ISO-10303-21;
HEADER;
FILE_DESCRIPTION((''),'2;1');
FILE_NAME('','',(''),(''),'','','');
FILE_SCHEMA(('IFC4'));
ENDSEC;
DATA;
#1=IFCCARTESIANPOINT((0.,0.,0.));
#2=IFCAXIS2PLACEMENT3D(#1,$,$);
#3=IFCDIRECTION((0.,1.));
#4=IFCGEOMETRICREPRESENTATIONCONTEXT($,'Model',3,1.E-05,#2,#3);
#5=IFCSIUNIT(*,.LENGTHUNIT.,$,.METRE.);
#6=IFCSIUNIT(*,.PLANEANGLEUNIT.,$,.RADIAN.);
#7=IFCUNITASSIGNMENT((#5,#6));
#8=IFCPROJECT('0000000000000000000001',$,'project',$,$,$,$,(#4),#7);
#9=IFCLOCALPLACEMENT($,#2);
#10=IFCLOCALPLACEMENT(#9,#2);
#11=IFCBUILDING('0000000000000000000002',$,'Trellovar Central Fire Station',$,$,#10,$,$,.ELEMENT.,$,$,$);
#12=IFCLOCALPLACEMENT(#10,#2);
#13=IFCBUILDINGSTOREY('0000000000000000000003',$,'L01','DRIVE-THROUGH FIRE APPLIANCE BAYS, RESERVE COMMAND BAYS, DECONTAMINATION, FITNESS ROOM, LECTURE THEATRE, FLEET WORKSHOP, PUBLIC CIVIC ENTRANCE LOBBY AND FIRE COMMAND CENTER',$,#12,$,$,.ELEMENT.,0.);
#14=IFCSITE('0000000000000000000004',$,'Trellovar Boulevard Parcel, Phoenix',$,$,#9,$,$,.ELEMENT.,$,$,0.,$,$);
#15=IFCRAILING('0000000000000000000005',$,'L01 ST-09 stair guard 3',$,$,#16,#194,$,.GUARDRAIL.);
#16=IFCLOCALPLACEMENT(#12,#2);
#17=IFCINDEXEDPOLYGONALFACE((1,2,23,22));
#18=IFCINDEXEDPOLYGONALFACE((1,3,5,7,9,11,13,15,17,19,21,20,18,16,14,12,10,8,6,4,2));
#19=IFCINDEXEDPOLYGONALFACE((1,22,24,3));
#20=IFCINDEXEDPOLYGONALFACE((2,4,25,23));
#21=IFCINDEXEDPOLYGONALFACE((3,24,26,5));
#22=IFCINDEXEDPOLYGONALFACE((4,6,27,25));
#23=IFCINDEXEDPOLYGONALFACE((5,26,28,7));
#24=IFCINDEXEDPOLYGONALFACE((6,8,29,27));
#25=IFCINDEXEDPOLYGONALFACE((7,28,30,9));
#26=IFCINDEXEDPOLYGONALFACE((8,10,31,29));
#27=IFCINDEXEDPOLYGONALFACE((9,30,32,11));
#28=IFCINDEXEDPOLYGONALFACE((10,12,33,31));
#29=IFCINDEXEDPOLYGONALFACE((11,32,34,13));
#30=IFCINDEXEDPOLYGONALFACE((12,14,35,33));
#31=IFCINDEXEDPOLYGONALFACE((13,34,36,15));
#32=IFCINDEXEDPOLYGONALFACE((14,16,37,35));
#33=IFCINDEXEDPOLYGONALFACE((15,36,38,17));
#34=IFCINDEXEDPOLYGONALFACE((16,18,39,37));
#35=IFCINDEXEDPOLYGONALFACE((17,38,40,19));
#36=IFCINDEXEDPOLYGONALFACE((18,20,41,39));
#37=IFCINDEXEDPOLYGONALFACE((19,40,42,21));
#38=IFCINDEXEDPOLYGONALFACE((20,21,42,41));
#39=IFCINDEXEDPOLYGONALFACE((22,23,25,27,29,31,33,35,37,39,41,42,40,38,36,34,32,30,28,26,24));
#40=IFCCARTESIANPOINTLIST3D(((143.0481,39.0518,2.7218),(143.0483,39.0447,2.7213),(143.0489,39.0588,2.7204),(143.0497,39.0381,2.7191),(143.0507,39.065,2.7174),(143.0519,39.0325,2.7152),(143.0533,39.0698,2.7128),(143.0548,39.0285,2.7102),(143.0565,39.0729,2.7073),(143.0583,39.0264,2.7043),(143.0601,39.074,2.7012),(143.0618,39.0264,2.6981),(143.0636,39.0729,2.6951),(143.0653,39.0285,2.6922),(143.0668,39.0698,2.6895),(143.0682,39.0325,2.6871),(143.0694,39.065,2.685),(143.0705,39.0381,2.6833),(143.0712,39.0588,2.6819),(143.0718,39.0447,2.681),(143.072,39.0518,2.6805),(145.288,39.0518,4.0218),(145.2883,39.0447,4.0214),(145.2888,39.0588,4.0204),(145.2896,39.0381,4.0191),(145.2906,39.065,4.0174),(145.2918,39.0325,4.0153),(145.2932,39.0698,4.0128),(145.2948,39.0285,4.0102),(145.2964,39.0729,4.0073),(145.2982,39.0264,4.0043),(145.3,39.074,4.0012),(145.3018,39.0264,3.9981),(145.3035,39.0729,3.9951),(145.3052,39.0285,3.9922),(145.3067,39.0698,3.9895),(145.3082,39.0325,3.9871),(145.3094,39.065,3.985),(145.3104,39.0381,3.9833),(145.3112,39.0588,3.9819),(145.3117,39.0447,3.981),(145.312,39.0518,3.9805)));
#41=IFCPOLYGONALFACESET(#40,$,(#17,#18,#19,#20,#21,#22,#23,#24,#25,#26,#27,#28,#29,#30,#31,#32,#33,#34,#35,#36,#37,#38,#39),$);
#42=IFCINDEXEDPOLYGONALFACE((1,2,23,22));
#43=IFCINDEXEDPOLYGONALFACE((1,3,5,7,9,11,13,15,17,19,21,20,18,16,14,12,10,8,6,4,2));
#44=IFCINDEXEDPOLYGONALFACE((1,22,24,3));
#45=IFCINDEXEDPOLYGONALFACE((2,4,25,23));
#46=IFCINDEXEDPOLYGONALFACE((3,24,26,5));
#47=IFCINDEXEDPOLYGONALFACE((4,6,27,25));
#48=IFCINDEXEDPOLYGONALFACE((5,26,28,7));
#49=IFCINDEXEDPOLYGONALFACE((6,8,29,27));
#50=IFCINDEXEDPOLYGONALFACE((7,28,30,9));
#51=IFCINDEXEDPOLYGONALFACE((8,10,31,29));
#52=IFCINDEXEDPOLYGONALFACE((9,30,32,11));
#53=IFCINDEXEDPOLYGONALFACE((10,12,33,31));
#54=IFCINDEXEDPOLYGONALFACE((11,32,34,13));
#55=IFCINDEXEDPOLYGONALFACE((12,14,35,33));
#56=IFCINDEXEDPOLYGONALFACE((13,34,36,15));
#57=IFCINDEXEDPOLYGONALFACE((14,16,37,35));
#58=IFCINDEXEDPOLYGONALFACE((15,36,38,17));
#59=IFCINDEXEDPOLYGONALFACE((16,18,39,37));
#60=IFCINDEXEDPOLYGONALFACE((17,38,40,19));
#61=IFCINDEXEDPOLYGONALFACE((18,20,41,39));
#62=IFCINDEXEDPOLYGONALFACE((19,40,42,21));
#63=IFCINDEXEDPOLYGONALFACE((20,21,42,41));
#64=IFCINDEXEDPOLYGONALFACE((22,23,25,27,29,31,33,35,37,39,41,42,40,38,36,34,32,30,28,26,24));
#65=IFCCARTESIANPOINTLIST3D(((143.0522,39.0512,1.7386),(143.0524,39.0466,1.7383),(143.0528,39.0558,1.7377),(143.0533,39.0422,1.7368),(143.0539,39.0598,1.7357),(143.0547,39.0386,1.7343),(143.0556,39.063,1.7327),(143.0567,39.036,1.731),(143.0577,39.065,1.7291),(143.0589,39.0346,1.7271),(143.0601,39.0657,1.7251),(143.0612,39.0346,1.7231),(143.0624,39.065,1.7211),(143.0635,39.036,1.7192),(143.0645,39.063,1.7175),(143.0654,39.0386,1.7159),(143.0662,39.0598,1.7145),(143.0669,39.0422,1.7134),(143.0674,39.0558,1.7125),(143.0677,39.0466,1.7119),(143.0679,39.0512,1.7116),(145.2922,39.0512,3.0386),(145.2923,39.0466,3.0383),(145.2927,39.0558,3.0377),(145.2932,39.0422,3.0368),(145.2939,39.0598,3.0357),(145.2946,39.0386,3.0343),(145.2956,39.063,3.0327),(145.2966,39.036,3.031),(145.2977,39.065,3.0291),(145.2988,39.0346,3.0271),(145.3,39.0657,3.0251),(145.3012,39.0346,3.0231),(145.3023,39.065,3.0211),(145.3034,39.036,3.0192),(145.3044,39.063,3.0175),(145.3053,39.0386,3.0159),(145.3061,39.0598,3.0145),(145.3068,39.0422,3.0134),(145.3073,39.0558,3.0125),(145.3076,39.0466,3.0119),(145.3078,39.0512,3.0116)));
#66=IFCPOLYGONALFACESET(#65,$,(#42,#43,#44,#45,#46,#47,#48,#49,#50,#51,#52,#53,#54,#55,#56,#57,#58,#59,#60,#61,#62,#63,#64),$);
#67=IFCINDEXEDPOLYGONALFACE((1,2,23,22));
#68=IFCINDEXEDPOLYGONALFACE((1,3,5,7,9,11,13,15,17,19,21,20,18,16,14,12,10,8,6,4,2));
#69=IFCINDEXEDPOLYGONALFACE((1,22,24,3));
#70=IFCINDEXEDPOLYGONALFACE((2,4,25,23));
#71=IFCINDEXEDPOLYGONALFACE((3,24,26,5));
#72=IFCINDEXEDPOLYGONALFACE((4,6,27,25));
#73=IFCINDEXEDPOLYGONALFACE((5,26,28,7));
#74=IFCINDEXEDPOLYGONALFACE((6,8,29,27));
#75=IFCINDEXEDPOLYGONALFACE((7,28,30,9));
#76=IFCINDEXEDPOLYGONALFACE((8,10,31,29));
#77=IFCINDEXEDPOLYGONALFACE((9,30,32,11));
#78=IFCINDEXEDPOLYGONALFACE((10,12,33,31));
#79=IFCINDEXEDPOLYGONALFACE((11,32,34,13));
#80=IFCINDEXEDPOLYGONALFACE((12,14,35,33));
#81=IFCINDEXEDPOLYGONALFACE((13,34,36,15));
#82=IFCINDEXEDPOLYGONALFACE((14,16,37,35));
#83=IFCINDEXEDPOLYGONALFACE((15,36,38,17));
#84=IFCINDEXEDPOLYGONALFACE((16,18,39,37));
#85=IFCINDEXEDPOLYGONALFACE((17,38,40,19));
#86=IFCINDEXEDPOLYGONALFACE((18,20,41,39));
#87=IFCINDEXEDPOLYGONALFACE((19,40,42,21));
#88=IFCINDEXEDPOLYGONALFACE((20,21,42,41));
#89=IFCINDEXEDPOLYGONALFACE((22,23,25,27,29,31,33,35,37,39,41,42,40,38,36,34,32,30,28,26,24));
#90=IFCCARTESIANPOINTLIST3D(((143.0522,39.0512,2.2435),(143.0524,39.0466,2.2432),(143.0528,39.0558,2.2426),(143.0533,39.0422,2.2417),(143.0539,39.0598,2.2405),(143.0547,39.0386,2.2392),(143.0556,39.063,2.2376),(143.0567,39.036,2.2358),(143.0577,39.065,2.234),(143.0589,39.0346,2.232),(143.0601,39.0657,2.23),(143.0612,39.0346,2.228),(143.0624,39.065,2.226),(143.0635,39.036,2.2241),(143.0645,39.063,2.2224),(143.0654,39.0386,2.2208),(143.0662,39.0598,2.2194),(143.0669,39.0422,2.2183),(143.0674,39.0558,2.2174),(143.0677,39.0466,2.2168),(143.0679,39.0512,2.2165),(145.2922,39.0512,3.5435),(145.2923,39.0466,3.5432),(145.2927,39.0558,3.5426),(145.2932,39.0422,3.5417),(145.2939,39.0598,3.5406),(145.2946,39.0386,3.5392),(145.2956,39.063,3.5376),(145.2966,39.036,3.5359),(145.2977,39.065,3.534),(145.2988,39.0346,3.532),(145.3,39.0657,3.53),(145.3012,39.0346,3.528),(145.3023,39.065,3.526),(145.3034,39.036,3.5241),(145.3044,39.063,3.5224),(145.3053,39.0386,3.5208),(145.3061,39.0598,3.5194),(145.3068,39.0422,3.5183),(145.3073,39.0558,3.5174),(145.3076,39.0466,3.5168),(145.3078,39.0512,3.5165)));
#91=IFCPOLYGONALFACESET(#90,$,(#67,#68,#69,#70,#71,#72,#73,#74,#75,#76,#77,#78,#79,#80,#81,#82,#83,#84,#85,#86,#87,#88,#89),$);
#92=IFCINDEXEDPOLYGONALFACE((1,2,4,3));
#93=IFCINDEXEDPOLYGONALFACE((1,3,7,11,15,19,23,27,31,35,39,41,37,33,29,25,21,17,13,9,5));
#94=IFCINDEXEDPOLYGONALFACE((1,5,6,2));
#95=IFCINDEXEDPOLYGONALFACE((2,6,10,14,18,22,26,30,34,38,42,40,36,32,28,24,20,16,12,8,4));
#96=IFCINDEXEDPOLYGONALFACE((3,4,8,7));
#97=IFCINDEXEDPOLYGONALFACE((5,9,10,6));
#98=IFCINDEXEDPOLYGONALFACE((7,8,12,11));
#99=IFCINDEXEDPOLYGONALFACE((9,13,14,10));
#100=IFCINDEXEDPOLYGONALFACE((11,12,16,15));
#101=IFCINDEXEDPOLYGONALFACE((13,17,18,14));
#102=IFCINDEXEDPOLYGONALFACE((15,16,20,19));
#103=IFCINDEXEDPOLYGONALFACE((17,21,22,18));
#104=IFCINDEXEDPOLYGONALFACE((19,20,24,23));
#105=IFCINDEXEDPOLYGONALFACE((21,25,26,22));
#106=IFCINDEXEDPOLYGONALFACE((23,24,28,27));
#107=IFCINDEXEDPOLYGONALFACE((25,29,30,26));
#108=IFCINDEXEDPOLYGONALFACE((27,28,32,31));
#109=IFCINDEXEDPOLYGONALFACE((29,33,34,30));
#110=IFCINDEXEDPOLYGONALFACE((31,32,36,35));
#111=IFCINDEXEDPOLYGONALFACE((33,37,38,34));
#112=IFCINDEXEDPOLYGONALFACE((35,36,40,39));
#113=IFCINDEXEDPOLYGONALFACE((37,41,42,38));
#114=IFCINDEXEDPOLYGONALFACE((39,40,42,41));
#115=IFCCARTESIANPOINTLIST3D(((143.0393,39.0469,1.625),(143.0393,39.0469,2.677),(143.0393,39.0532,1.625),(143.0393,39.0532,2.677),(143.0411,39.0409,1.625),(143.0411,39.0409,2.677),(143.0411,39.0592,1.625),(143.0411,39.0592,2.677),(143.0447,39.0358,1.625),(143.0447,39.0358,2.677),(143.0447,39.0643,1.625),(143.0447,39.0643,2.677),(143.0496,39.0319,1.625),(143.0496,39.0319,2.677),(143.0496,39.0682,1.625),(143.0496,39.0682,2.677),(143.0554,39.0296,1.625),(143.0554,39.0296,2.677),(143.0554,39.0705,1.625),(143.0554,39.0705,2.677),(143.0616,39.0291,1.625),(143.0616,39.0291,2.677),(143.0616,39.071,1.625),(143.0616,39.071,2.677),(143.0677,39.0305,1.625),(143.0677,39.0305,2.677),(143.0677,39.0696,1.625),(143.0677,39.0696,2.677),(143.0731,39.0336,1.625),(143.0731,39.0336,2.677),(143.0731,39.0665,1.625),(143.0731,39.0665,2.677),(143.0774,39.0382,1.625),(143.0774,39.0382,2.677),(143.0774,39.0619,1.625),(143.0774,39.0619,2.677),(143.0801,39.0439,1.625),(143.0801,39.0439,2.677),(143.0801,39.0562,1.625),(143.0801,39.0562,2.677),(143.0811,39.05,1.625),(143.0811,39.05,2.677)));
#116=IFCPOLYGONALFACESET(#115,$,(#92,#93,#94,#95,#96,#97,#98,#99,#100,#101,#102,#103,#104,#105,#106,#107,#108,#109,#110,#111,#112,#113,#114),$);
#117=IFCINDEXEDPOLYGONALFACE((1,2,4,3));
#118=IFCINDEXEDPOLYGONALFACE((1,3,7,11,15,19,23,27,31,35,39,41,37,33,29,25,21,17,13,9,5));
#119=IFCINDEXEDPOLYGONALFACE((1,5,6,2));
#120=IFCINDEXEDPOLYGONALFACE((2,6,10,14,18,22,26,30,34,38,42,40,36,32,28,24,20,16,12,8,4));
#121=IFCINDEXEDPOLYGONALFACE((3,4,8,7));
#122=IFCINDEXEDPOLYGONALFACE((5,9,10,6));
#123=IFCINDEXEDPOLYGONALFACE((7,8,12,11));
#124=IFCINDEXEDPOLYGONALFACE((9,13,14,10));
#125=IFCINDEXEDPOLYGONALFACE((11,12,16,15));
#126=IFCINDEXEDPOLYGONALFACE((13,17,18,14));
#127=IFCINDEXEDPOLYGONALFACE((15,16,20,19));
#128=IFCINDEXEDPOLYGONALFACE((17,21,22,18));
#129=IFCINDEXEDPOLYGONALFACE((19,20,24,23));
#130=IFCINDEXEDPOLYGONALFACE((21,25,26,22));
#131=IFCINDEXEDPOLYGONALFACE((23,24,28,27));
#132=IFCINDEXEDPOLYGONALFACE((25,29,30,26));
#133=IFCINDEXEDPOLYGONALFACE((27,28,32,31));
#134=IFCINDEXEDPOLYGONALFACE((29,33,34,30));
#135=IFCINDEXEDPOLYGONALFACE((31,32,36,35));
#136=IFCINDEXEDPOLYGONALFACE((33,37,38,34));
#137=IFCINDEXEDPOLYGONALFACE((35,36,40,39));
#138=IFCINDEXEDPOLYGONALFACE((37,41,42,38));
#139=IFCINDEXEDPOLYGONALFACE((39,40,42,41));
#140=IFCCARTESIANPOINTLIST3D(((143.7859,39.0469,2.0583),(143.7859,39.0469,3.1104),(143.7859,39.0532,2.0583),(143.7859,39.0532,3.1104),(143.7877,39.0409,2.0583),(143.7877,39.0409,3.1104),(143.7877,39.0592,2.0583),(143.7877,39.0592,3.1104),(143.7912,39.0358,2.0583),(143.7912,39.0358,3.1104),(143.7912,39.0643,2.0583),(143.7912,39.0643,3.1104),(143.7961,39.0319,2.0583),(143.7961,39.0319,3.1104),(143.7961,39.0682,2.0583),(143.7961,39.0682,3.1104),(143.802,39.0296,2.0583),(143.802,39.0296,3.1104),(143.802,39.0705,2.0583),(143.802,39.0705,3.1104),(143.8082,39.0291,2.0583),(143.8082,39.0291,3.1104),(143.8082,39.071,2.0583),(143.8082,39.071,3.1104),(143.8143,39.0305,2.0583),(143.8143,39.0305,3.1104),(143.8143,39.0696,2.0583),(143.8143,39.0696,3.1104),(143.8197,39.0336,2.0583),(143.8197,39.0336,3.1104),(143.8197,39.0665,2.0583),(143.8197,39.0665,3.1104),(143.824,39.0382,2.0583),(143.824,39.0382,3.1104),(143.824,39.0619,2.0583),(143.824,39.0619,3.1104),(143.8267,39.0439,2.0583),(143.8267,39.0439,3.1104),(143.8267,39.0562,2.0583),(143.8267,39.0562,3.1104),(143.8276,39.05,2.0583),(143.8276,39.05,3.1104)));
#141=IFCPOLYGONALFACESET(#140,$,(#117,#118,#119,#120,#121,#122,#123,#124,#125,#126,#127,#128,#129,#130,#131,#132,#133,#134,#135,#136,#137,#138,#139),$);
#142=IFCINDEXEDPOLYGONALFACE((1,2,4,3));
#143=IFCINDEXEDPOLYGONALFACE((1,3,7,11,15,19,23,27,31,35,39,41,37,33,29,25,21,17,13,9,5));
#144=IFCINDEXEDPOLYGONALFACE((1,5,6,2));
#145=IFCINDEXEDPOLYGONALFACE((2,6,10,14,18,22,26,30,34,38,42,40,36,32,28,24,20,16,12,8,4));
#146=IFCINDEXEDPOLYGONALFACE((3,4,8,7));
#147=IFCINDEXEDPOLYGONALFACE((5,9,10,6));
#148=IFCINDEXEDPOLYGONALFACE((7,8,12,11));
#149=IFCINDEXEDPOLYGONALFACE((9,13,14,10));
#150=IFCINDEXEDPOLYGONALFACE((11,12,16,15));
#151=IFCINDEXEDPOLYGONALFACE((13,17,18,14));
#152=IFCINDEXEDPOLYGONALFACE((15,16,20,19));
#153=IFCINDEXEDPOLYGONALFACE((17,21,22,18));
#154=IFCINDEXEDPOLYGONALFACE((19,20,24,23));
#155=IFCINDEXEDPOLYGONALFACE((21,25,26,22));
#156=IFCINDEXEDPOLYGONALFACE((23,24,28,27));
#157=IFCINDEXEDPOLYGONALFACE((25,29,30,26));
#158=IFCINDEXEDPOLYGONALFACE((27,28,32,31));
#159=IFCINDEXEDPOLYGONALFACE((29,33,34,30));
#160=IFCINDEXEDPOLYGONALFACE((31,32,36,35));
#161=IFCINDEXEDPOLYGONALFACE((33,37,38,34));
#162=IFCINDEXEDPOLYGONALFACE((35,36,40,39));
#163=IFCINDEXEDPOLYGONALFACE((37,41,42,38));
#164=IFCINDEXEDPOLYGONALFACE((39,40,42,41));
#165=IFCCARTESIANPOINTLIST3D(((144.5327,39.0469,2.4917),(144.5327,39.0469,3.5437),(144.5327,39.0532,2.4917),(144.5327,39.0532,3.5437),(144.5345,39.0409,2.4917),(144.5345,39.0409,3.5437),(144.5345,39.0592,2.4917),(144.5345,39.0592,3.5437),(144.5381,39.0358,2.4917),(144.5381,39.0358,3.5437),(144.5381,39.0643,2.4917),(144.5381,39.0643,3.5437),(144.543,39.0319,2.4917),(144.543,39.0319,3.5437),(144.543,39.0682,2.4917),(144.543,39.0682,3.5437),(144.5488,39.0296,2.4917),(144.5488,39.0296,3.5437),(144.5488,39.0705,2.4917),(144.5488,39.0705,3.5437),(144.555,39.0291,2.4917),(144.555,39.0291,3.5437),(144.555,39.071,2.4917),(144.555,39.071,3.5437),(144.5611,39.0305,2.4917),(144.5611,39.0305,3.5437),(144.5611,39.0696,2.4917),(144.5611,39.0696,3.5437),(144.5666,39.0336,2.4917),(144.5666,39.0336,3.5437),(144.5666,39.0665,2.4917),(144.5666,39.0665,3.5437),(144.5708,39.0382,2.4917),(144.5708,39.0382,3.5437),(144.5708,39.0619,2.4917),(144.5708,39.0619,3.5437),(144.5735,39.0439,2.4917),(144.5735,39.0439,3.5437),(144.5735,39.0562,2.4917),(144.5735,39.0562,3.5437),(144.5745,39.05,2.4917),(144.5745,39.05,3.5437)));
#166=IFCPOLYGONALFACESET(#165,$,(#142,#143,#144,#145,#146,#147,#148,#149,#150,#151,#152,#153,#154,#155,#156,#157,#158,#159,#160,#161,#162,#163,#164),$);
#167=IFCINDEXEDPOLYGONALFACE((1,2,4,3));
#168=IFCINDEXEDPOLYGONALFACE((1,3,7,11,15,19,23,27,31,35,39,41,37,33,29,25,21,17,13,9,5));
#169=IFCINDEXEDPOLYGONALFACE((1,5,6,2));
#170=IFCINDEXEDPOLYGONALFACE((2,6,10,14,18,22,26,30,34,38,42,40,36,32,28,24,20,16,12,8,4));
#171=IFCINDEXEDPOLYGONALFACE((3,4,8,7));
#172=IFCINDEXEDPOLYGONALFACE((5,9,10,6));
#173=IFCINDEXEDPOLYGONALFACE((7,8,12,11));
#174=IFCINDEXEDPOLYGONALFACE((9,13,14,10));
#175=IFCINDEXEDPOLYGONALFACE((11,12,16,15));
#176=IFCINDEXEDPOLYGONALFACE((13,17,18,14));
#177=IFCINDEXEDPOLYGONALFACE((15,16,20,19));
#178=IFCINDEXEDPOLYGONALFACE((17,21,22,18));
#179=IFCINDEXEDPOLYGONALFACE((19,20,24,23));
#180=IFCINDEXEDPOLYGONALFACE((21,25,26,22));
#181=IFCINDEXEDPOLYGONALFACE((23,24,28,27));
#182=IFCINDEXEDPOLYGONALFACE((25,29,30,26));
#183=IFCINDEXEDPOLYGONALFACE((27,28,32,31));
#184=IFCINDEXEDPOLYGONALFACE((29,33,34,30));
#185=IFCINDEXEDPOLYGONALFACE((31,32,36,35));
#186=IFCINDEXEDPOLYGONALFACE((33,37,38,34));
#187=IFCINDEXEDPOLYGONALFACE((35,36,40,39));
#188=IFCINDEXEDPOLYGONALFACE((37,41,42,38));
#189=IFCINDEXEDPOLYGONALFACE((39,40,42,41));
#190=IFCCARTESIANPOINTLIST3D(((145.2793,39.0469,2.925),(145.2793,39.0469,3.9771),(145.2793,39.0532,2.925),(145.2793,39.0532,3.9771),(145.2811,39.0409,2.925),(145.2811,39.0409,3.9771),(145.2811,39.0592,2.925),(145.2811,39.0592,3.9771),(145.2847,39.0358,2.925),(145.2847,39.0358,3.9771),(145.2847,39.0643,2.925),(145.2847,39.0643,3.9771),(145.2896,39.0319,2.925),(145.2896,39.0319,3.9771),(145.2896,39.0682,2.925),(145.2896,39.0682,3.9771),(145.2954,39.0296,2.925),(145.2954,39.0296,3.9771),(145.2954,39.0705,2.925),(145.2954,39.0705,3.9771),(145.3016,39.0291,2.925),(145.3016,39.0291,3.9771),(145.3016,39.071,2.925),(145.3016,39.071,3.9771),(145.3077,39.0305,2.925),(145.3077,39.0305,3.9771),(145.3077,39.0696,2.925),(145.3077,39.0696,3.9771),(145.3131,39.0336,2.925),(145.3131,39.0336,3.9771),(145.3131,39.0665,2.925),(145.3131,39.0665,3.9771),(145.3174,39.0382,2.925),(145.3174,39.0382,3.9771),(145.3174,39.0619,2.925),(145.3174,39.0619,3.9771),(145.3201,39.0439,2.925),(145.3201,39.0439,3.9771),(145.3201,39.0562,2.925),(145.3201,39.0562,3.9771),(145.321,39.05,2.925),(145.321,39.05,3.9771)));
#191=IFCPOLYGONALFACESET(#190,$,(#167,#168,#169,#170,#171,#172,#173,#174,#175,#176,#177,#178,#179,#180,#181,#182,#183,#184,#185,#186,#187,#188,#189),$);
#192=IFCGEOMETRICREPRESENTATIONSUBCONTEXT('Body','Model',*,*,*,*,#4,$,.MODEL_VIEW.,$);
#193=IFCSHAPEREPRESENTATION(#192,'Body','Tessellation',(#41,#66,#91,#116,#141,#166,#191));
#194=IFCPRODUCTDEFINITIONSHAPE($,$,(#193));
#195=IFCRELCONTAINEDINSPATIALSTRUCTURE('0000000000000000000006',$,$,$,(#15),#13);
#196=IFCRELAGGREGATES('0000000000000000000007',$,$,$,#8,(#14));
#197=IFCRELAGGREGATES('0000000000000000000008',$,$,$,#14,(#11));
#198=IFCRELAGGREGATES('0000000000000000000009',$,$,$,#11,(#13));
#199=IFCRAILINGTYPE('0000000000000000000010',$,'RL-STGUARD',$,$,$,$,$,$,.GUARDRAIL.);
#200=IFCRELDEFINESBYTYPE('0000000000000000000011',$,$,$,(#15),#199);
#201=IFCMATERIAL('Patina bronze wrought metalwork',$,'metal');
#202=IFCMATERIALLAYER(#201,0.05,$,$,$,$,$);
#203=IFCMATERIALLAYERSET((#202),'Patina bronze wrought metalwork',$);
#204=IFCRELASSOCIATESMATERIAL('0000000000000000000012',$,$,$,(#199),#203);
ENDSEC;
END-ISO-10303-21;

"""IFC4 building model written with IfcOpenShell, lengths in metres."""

from ifc_helpers import new_model, si_unit, direction, frame, origin, origin_2d, place, context, subcontext, project, spatial, circle, extrude, material, layer, layer_set, type_object, element, save


model = new_model("IFC4")

# Units and contexts
model_context = context("Model", 3, precision=1e-05, world=origin(), true_north=direction((0.0, 1.0)))
body_context = subcontext(model_context, "Body", "Model", "MODEL_VIEW")
ifc_project = project(units=[si_unit("LENGTHUNIT", "METRE"), si_unit("PLANEANGLEUNIT", "RADIAN")], contexts=[model_context])

# Site, building, storey
site_placement = place(None, origin())
site = spatial("IfcSite", under=ifc_project, at=site_placement, Name="Trellovar Boulevard Parcel, Phoenix", CompositionType="ELEMENT", RefElevation=0.0)
building_placement = place(site_placement, origin())
building = spatial("IfcBuilding", under=site, at=building_placement, Name="Trellovar Central Fire Station", CompositionType="ELEMENT")
storey_placement = place(building_placement, origin())
storey = spatial("IfcBuildingStorey", under=building, at=storey_placement, Name="L01", Description="DRIVE-THROUGH FIRE APPLIANCE BAYS, RESERVE COMMAND BAYS, DECONTAMINATION, FITNESS ROOM, LECTURE THEATRE, FLEET WORKSHOP, PUBLIC CIVIC ENTRANCE LOBBY AND FIRE COMMAND CENTER", CompositionType="ELEMENT", Elevation=0.0)

# Railing
ifc_material_1 = material(Name="Patina bronze wrought metalwork", Category="metal")
ifc_layer_1 = layer(ifc_material_1, 0.05)
ifc_layer_set_1 = layer_set([ifc_layer_1], Name="Patina bronze wrought metalwork")
railing_type_1 = type_object("IfcRailingType", Name="RL-STGUARD", PredefinedType="GUARDRAIL", material=ifc_layer_set_1)
railing_1_placement = place(storey_placement, frame((143.0601, 39.05, 1.625)))
element("IfcRailing", 1, at=railing_1_placement, inside=storey, type_object=railing_type_1, Name="L01 ST-09 stair guard 3", PredefinedType="GUARDRAIL", context=body_context, shape_type="SweptSolid", body=[
    extrude(circle(Radius=0.0239, at=origin_2d()), frame((0.0, 0.0, 1.0762), z_axis=(0.864888, 0.0, 0.501965), x_axis=(0.0, 1.0, 0.0)), (0.0, 0.0, 1.0), 2.5898),
    extrude(circle(Radius=0.0156, at=origin_2d()), frame((0.0, 0.0, 0.1001), z_axis=(0.864888, 0.0, 0.501965), x_axis=(0.0, 1.0, 0.0)), (0.0, 0.0, 1.0), 2.5898),
    extrude(circle(Radius=0.0156, at=origin_2d()), frame((0.0, 0.0, 0.605), z_axis=(0.864888, 0.0, 0.501965), x_axis=(0.0, 1.0, 0.0)), (0.0, 0.0, 1.0), 2.5898),
    extrude(circle(Radius=0.021, at=origin_2d()), origin(), (0.0, 0.0, 1.0), 1.052),
    extrude(circle(Radius=0.021, at=origin_2d()), frame((0.7466, 0.0, 0.4333)), (0.0, 0.0, 1.0), 1.052),
    extrude(circle(Radius=0.021, at=origin_2d()), frame((1.4934, 0.0, 0.8667)), (0.0, 0.0, 1.0), 1.052),
    extrude(circle(Radius=0.021, at=origin_2d()), frame((2.24, 0.0, 1.3)), (0.0, 0.0, 1.0), 1.052),
])

save(model, "model.ifc")
